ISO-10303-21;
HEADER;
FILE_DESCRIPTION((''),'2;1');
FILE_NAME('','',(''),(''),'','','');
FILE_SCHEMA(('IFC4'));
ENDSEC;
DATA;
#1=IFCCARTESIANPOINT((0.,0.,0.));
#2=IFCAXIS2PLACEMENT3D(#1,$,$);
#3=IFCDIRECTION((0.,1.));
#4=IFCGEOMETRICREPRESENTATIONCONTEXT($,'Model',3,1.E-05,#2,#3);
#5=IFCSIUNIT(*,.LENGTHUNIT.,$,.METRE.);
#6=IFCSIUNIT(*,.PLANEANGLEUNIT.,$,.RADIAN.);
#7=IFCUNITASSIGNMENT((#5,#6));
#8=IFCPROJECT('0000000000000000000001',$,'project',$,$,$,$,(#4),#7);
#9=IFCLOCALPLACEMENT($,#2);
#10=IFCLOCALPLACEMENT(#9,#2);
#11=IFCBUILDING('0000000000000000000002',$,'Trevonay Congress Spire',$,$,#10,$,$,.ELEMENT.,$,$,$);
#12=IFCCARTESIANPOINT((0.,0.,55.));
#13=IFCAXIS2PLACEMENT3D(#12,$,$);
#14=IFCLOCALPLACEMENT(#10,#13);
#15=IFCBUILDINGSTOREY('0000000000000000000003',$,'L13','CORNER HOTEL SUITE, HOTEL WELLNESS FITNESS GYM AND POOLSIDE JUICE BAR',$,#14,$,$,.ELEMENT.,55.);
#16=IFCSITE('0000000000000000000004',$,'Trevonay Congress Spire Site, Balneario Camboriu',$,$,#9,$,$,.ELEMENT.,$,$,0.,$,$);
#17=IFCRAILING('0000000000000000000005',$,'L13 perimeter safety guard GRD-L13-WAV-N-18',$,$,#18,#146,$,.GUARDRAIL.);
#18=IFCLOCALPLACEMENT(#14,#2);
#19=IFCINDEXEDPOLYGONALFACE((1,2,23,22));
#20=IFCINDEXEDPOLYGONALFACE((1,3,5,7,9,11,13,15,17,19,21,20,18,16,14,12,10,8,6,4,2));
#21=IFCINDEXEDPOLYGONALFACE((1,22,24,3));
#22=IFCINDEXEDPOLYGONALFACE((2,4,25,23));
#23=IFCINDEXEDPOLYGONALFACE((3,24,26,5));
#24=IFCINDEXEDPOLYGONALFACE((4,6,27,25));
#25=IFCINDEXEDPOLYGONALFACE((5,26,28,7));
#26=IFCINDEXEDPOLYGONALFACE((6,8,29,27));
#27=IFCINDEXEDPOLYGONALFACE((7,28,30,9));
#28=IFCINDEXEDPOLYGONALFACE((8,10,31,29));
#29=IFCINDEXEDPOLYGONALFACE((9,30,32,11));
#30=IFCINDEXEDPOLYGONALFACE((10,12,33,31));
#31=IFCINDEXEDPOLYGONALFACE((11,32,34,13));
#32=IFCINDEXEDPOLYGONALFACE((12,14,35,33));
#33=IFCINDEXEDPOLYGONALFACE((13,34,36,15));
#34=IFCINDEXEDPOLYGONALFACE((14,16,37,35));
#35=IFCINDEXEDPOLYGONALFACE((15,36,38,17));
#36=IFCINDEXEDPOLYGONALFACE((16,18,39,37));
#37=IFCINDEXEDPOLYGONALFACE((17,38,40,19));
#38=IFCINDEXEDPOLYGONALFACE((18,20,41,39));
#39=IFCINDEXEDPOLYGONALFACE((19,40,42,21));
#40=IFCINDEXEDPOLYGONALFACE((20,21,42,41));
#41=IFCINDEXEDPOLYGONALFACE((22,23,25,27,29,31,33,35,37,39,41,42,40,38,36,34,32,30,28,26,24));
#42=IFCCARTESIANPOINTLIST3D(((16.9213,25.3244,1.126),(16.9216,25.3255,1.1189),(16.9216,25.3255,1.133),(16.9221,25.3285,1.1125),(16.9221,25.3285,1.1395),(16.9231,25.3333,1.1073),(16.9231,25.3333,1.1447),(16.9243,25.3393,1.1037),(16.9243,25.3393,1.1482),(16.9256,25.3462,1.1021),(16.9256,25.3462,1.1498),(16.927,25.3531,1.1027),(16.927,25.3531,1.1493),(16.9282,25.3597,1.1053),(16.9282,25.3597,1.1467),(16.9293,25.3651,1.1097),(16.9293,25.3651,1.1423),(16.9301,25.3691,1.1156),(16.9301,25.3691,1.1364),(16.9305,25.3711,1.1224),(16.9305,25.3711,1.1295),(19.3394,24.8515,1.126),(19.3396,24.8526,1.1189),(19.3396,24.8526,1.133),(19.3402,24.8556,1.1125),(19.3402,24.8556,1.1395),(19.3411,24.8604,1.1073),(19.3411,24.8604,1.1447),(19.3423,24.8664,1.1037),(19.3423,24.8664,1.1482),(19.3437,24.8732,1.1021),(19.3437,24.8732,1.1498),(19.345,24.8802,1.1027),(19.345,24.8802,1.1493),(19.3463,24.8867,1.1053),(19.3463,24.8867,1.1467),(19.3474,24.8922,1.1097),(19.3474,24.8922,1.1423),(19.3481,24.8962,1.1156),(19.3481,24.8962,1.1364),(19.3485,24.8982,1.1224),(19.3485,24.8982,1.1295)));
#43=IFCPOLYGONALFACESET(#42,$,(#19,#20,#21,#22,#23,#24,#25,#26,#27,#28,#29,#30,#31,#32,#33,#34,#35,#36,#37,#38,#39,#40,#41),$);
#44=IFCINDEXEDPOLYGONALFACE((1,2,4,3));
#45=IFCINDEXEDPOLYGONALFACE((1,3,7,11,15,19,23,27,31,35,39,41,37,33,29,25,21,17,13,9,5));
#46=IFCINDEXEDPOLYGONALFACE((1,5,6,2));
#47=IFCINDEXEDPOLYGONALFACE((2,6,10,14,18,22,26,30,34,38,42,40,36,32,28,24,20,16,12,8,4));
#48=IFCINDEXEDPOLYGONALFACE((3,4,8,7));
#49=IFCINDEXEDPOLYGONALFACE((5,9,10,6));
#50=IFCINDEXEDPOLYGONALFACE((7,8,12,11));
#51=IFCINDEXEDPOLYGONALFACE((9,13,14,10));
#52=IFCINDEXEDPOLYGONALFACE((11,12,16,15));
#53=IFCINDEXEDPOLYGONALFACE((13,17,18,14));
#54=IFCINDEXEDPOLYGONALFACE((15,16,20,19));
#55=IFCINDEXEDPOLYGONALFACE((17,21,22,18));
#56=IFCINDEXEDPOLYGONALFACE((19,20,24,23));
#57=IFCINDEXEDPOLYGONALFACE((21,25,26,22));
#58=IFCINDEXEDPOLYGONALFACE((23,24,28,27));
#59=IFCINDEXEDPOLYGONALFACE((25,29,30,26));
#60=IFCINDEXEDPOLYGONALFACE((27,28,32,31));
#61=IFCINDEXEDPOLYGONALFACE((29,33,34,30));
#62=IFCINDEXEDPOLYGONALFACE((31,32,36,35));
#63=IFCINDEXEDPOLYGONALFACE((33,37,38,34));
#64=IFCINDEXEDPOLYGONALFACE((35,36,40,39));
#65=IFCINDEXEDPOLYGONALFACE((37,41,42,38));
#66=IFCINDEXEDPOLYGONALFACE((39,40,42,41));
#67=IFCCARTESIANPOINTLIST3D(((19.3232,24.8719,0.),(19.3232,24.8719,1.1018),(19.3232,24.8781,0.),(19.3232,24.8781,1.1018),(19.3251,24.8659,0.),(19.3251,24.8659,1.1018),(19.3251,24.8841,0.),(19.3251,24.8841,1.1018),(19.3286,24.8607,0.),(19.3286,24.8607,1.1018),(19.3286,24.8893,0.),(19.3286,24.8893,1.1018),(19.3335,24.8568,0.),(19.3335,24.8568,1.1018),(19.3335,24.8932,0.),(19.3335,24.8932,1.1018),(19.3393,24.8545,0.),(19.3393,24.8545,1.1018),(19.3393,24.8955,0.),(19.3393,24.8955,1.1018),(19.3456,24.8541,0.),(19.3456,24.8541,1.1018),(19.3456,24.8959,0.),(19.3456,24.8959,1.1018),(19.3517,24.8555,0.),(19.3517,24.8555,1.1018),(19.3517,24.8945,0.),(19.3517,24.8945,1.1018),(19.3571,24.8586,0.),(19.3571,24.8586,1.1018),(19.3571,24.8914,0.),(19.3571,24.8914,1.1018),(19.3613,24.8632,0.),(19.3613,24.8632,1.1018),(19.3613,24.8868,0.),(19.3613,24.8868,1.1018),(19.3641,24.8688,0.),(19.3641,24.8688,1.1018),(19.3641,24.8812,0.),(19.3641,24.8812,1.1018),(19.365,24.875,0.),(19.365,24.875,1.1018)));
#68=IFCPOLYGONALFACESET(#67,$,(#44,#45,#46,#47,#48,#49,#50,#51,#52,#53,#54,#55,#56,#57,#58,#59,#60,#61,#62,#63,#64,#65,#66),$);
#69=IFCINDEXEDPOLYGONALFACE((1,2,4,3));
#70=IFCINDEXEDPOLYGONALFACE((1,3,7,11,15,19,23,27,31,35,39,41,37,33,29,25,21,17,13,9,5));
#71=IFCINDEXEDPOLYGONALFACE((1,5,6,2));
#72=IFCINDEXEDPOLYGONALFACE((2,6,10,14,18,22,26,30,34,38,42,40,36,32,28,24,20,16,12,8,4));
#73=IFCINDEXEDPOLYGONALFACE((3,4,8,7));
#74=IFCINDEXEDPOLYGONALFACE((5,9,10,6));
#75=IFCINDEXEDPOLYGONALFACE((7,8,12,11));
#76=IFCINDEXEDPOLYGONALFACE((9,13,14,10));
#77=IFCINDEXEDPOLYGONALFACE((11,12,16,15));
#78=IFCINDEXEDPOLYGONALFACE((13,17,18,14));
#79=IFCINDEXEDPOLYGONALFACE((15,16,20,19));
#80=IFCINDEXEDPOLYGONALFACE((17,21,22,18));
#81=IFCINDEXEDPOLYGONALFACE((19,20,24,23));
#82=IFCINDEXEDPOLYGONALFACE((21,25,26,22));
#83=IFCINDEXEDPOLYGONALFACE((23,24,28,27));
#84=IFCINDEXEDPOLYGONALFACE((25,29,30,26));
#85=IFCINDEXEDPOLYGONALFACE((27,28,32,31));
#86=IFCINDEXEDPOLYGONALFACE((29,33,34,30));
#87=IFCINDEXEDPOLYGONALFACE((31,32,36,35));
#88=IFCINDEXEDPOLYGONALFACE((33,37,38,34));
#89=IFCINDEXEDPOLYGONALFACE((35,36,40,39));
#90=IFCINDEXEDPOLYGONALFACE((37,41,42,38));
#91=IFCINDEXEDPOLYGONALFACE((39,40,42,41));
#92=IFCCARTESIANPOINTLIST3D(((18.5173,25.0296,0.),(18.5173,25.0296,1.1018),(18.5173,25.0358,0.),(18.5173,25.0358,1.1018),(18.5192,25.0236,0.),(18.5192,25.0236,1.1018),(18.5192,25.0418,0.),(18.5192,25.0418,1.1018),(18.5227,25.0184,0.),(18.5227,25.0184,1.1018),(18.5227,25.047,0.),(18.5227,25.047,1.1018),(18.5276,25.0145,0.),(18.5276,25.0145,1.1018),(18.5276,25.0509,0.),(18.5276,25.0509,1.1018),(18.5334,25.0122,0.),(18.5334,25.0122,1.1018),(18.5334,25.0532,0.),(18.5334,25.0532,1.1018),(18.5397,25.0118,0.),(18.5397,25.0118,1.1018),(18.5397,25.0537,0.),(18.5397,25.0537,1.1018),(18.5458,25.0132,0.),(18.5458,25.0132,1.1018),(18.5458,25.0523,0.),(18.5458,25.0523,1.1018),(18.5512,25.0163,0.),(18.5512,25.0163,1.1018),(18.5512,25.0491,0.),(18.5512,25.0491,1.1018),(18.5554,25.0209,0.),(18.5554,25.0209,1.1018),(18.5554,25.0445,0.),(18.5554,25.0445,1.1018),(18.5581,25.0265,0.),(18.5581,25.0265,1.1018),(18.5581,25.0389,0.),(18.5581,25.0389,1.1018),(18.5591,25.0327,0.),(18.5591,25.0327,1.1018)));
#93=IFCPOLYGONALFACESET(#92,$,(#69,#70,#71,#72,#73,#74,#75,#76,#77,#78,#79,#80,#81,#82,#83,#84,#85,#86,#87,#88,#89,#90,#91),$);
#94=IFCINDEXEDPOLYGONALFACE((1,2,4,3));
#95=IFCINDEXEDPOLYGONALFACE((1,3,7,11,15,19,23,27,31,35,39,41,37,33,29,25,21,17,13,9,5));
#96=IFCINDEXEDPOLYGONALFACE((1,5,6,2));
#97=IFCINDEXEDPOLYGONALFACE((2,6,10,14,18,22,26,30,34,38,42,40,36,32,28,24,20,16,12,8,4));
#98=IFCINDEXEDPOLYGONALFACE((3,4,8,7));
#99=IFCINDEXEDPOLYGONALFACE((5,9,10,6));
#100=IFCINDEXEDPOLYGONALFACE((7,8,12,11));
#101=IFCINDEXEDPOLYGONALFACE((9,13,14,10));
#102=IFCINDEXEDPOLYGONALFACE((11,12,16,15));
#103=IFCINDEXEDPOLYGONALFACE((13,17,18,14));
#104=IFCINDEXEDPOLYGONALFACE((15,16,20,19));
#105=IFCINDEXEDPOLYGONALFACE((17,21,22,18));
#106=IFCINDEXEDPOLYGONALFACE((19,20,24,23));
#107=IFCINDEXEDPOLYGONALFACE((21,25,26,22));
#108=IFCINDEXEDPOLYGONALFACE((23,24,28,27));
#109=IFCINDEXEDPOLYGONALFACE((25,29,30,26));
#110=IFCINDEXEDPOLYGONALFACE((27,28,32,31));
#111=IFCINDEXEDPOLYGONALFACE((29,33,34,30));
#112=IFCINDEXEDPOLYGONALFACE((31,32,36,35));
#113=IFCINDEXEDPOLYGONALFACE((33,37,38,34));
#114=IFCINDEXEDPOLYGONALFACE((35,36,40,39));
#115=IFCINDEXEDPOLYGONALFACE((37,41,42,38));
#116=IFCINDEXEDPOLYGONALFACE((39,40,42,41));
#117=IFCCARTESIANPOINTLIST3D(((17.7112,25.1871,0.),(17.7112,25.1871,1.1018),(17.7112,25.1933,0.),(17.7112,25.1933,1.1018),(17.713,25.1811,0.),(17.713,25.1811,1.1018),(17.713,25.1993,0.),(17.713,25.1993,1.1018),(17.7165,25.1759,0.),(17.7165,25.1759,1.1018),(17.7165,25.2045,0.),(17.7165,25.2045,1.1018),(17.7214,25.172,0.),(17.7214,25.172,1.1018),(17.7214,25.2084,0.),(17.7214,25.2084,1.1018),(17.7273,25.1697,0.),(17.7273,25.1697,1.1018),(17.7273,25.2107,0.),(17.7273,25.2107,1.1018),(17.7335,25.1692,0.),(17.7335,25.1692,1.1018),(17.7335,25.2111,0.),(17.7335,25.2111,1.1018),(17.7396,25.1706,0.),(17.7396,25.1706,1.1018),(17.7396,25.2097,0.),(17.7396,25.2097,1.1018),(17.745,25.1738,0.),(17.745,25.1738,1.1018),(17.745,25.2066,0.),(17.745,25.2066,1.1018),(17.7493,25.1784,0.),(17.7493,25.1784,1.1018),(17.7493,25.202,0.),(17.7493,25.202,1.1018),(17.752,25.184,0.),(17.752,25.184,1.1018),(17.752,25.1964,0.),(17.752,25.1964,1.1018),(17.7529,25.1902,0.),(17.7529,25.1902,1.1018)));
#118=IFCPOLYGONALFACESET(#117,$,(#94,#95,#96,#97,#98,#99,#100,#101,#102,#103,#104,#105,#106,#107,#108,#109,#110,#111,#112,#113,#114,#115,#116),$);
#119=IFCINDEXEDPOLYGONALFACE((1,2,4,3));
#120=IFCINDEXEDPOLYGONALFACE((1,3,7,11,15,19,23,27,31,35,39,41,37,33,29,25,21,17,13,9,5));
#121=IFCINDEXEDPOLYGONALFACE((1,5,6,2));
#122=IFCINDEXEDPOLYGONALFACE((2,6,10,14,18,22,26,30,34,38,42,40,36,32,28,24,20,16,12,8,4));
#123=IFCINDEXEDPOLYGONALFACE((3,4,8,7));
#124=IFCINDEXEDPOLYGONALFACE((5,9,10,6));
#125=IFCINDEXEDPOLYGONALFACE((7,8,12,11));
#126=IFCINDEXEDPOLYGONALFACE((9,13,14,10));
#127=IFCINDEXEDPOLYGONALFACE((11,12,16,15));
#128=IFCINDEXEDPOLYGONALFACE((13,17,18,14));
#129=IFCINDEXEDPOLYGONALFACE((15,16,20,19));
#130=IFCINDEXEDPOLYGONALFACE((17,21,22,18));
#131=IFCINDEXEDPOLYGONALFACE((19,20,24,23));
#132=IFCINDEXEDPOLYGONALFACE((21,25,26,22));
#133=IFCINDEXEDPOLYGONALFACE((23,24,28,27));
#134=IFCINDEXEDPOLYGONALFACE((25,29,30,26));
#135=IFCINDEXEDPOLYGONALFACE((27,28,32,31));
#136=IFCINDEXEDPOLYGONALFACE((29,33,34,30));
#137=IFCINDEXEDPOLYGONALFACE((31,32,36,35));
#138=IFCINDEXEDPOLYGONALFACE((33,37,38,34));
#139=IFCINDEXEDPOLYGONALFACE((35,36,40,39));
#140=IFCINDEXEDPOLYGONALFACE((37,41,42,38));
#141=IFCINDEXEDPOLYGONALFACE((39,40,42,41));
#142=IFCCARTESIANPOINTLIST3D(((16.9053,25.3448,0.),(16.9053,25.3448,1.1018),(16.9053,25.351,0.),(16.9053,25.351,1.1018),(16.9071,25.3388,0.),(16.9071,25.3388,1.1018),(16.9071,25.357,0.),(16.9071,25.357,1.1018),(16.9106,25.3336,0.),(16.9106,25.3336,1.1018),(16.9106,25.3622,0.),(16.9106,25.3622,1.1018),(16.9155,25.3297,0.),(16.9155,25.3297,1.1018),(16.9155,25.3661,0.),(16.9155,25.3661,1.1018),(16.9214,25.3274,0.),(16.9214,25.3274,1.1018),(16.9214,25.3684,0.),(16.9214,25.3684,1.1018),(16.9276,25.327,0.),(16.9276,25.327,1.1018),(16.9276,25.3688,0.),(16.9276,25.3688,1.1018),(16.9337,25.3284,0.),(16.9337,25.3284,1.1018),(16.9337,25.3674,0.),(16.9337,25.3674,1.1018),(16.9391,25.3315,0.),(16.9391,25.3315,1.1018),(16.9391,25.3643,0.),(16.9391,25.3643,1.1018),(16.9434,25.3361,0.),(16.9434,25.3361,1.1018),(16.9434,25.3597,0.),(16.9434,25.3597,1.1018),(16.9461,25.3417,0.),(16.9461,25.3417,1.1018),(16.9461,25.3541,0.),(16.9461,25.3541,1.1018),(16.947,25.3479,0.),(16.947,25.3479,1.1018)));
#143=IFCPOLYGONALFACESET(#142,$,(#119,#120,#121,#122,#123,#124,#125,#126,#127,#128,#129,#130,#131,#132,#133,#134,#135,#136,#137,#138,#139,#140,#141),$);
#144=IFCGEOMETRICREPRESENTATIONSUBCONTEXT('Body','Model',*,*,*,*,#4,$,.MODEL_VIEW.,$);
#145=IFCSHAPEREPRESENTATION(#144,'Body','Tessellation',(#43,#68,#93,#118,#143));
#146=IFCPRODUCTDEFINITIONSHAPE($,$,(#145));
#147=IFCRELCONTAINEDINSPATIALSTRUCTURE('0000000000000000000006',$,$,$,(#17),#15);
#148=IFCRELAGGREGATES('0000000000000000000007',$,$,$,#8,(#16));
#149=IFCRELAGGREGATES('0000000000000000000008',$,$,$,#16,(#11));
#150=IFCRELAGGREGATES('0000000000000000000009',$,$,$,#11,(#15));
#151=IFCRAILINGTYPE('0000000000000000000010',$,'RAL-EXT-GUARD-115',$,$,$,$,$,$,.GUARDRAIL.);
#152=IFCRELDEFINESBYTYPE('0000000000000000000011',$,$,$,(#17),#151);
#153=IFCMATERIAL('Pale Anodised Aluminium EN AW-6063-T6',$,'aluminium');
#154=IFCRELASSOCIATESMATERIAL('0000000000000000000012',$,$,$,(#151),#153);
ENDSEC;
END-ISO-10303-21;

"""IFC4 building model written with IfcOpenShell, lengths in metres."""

from ifc_helpers import new_model, si_unit, direction, frame, origin, origin_2d, place, context, subcontext, project, spatial, circle, extrude, material, type_object, element, save


model = new_model("IFC4")

# Units and contexts
model_context = context("Model", 3, precision=1e-05, world=origin(), true_north=direction((0.0, 1.0)))
body_context = subcontext(model_context, "Body", "Model", "MODEL_VIEW")
ifc_project = project(units=[si_unit("LENGTHUNIT", "METRE"), si_unit("PLANEANGLEUNIT", "RADIAN")], contexts=[model_context])

# Site, building, storey
site_placement = place(None, origin())
site = spatial("IfcSite", under=ifc_project, at=site_placement, Name="Trevonay Congress Spire Site, Balneario Camboriu", CompositionType="ELEMENT", RefElevation=0.0)
building_placement = place(site_placement, origin())
building = spatial("IfcBuilding", under=site, at=building_placement, Name="Trevonay Congress Spire", CompositionType="ELEMENT")
storey_placement = place(building_placement, frame((0.0, 0.0, 55.0)))
storey = spatial("IfcBuildingStorey", under=building, at=storey_placement, Name="L13", Description="CORNER HOTEL SUITE, HOTEL WELLNESS FITNESS GYM AND POOLSIDE JUICE BAR", CompositionType="ELEMENT", Elevation=55.0)

# Shared definitions
ifc_material_1 = material(Name="Pale Anodised Aluminium EN AW-6063-T6", Category="aluminium")

# Railing
railing_type = type_object("IfcRailingType", Name="RAL-EXT-GUARD-115", PredefinedType="GUARDRAIL", material=ifc_material_1)
railing_1_placement = place(storey_placement, frame((19.344, 24.875, 0.0)))
element("IfcRailing", 1, at=railing_1_placement, inside=storey, type_object=railing_type, Name="L13 perimeter safety guard GRD-L13-WAV-N-18", PredefinedType="GUARDRAIL", context=body_context, shape_type="SweptSolid", body=[
    extrude(circle(Radius=0.0239, at=origin_2d()), frame((0.0, 0.0, 1.126), z_axis=(-0.981406, 0.191941, 0.0), x_axis=(-0.191941, -0.981406, 0.0)), (0.0, 0.0, 1.0), 2.4639),
    extrude(circle(Radius=0.021, at=origin_2d()), origin(), (0.0, 0.0, 1.0), 1.1018),
    extrude(circle(Radius=0.021, at=origin_2d()), frame((-0.8059, 0.1577, 0.0)), (0.0, 0.0, 1.0), 1.1018),
    extrude(circle(Radius=0.021, at=origin_2d()), frame((-1.6121, 0.3152, 0.0)), (0.0, 0.0, 1.0), 1.1018),
    extrude(circle(Radius=0.021, at=origin_2d()), frame((-2.418, 0.4729, 0.0)), (0.0, 0.0, 1.0), 1.1018),
])

save(model, "model.ifc")
